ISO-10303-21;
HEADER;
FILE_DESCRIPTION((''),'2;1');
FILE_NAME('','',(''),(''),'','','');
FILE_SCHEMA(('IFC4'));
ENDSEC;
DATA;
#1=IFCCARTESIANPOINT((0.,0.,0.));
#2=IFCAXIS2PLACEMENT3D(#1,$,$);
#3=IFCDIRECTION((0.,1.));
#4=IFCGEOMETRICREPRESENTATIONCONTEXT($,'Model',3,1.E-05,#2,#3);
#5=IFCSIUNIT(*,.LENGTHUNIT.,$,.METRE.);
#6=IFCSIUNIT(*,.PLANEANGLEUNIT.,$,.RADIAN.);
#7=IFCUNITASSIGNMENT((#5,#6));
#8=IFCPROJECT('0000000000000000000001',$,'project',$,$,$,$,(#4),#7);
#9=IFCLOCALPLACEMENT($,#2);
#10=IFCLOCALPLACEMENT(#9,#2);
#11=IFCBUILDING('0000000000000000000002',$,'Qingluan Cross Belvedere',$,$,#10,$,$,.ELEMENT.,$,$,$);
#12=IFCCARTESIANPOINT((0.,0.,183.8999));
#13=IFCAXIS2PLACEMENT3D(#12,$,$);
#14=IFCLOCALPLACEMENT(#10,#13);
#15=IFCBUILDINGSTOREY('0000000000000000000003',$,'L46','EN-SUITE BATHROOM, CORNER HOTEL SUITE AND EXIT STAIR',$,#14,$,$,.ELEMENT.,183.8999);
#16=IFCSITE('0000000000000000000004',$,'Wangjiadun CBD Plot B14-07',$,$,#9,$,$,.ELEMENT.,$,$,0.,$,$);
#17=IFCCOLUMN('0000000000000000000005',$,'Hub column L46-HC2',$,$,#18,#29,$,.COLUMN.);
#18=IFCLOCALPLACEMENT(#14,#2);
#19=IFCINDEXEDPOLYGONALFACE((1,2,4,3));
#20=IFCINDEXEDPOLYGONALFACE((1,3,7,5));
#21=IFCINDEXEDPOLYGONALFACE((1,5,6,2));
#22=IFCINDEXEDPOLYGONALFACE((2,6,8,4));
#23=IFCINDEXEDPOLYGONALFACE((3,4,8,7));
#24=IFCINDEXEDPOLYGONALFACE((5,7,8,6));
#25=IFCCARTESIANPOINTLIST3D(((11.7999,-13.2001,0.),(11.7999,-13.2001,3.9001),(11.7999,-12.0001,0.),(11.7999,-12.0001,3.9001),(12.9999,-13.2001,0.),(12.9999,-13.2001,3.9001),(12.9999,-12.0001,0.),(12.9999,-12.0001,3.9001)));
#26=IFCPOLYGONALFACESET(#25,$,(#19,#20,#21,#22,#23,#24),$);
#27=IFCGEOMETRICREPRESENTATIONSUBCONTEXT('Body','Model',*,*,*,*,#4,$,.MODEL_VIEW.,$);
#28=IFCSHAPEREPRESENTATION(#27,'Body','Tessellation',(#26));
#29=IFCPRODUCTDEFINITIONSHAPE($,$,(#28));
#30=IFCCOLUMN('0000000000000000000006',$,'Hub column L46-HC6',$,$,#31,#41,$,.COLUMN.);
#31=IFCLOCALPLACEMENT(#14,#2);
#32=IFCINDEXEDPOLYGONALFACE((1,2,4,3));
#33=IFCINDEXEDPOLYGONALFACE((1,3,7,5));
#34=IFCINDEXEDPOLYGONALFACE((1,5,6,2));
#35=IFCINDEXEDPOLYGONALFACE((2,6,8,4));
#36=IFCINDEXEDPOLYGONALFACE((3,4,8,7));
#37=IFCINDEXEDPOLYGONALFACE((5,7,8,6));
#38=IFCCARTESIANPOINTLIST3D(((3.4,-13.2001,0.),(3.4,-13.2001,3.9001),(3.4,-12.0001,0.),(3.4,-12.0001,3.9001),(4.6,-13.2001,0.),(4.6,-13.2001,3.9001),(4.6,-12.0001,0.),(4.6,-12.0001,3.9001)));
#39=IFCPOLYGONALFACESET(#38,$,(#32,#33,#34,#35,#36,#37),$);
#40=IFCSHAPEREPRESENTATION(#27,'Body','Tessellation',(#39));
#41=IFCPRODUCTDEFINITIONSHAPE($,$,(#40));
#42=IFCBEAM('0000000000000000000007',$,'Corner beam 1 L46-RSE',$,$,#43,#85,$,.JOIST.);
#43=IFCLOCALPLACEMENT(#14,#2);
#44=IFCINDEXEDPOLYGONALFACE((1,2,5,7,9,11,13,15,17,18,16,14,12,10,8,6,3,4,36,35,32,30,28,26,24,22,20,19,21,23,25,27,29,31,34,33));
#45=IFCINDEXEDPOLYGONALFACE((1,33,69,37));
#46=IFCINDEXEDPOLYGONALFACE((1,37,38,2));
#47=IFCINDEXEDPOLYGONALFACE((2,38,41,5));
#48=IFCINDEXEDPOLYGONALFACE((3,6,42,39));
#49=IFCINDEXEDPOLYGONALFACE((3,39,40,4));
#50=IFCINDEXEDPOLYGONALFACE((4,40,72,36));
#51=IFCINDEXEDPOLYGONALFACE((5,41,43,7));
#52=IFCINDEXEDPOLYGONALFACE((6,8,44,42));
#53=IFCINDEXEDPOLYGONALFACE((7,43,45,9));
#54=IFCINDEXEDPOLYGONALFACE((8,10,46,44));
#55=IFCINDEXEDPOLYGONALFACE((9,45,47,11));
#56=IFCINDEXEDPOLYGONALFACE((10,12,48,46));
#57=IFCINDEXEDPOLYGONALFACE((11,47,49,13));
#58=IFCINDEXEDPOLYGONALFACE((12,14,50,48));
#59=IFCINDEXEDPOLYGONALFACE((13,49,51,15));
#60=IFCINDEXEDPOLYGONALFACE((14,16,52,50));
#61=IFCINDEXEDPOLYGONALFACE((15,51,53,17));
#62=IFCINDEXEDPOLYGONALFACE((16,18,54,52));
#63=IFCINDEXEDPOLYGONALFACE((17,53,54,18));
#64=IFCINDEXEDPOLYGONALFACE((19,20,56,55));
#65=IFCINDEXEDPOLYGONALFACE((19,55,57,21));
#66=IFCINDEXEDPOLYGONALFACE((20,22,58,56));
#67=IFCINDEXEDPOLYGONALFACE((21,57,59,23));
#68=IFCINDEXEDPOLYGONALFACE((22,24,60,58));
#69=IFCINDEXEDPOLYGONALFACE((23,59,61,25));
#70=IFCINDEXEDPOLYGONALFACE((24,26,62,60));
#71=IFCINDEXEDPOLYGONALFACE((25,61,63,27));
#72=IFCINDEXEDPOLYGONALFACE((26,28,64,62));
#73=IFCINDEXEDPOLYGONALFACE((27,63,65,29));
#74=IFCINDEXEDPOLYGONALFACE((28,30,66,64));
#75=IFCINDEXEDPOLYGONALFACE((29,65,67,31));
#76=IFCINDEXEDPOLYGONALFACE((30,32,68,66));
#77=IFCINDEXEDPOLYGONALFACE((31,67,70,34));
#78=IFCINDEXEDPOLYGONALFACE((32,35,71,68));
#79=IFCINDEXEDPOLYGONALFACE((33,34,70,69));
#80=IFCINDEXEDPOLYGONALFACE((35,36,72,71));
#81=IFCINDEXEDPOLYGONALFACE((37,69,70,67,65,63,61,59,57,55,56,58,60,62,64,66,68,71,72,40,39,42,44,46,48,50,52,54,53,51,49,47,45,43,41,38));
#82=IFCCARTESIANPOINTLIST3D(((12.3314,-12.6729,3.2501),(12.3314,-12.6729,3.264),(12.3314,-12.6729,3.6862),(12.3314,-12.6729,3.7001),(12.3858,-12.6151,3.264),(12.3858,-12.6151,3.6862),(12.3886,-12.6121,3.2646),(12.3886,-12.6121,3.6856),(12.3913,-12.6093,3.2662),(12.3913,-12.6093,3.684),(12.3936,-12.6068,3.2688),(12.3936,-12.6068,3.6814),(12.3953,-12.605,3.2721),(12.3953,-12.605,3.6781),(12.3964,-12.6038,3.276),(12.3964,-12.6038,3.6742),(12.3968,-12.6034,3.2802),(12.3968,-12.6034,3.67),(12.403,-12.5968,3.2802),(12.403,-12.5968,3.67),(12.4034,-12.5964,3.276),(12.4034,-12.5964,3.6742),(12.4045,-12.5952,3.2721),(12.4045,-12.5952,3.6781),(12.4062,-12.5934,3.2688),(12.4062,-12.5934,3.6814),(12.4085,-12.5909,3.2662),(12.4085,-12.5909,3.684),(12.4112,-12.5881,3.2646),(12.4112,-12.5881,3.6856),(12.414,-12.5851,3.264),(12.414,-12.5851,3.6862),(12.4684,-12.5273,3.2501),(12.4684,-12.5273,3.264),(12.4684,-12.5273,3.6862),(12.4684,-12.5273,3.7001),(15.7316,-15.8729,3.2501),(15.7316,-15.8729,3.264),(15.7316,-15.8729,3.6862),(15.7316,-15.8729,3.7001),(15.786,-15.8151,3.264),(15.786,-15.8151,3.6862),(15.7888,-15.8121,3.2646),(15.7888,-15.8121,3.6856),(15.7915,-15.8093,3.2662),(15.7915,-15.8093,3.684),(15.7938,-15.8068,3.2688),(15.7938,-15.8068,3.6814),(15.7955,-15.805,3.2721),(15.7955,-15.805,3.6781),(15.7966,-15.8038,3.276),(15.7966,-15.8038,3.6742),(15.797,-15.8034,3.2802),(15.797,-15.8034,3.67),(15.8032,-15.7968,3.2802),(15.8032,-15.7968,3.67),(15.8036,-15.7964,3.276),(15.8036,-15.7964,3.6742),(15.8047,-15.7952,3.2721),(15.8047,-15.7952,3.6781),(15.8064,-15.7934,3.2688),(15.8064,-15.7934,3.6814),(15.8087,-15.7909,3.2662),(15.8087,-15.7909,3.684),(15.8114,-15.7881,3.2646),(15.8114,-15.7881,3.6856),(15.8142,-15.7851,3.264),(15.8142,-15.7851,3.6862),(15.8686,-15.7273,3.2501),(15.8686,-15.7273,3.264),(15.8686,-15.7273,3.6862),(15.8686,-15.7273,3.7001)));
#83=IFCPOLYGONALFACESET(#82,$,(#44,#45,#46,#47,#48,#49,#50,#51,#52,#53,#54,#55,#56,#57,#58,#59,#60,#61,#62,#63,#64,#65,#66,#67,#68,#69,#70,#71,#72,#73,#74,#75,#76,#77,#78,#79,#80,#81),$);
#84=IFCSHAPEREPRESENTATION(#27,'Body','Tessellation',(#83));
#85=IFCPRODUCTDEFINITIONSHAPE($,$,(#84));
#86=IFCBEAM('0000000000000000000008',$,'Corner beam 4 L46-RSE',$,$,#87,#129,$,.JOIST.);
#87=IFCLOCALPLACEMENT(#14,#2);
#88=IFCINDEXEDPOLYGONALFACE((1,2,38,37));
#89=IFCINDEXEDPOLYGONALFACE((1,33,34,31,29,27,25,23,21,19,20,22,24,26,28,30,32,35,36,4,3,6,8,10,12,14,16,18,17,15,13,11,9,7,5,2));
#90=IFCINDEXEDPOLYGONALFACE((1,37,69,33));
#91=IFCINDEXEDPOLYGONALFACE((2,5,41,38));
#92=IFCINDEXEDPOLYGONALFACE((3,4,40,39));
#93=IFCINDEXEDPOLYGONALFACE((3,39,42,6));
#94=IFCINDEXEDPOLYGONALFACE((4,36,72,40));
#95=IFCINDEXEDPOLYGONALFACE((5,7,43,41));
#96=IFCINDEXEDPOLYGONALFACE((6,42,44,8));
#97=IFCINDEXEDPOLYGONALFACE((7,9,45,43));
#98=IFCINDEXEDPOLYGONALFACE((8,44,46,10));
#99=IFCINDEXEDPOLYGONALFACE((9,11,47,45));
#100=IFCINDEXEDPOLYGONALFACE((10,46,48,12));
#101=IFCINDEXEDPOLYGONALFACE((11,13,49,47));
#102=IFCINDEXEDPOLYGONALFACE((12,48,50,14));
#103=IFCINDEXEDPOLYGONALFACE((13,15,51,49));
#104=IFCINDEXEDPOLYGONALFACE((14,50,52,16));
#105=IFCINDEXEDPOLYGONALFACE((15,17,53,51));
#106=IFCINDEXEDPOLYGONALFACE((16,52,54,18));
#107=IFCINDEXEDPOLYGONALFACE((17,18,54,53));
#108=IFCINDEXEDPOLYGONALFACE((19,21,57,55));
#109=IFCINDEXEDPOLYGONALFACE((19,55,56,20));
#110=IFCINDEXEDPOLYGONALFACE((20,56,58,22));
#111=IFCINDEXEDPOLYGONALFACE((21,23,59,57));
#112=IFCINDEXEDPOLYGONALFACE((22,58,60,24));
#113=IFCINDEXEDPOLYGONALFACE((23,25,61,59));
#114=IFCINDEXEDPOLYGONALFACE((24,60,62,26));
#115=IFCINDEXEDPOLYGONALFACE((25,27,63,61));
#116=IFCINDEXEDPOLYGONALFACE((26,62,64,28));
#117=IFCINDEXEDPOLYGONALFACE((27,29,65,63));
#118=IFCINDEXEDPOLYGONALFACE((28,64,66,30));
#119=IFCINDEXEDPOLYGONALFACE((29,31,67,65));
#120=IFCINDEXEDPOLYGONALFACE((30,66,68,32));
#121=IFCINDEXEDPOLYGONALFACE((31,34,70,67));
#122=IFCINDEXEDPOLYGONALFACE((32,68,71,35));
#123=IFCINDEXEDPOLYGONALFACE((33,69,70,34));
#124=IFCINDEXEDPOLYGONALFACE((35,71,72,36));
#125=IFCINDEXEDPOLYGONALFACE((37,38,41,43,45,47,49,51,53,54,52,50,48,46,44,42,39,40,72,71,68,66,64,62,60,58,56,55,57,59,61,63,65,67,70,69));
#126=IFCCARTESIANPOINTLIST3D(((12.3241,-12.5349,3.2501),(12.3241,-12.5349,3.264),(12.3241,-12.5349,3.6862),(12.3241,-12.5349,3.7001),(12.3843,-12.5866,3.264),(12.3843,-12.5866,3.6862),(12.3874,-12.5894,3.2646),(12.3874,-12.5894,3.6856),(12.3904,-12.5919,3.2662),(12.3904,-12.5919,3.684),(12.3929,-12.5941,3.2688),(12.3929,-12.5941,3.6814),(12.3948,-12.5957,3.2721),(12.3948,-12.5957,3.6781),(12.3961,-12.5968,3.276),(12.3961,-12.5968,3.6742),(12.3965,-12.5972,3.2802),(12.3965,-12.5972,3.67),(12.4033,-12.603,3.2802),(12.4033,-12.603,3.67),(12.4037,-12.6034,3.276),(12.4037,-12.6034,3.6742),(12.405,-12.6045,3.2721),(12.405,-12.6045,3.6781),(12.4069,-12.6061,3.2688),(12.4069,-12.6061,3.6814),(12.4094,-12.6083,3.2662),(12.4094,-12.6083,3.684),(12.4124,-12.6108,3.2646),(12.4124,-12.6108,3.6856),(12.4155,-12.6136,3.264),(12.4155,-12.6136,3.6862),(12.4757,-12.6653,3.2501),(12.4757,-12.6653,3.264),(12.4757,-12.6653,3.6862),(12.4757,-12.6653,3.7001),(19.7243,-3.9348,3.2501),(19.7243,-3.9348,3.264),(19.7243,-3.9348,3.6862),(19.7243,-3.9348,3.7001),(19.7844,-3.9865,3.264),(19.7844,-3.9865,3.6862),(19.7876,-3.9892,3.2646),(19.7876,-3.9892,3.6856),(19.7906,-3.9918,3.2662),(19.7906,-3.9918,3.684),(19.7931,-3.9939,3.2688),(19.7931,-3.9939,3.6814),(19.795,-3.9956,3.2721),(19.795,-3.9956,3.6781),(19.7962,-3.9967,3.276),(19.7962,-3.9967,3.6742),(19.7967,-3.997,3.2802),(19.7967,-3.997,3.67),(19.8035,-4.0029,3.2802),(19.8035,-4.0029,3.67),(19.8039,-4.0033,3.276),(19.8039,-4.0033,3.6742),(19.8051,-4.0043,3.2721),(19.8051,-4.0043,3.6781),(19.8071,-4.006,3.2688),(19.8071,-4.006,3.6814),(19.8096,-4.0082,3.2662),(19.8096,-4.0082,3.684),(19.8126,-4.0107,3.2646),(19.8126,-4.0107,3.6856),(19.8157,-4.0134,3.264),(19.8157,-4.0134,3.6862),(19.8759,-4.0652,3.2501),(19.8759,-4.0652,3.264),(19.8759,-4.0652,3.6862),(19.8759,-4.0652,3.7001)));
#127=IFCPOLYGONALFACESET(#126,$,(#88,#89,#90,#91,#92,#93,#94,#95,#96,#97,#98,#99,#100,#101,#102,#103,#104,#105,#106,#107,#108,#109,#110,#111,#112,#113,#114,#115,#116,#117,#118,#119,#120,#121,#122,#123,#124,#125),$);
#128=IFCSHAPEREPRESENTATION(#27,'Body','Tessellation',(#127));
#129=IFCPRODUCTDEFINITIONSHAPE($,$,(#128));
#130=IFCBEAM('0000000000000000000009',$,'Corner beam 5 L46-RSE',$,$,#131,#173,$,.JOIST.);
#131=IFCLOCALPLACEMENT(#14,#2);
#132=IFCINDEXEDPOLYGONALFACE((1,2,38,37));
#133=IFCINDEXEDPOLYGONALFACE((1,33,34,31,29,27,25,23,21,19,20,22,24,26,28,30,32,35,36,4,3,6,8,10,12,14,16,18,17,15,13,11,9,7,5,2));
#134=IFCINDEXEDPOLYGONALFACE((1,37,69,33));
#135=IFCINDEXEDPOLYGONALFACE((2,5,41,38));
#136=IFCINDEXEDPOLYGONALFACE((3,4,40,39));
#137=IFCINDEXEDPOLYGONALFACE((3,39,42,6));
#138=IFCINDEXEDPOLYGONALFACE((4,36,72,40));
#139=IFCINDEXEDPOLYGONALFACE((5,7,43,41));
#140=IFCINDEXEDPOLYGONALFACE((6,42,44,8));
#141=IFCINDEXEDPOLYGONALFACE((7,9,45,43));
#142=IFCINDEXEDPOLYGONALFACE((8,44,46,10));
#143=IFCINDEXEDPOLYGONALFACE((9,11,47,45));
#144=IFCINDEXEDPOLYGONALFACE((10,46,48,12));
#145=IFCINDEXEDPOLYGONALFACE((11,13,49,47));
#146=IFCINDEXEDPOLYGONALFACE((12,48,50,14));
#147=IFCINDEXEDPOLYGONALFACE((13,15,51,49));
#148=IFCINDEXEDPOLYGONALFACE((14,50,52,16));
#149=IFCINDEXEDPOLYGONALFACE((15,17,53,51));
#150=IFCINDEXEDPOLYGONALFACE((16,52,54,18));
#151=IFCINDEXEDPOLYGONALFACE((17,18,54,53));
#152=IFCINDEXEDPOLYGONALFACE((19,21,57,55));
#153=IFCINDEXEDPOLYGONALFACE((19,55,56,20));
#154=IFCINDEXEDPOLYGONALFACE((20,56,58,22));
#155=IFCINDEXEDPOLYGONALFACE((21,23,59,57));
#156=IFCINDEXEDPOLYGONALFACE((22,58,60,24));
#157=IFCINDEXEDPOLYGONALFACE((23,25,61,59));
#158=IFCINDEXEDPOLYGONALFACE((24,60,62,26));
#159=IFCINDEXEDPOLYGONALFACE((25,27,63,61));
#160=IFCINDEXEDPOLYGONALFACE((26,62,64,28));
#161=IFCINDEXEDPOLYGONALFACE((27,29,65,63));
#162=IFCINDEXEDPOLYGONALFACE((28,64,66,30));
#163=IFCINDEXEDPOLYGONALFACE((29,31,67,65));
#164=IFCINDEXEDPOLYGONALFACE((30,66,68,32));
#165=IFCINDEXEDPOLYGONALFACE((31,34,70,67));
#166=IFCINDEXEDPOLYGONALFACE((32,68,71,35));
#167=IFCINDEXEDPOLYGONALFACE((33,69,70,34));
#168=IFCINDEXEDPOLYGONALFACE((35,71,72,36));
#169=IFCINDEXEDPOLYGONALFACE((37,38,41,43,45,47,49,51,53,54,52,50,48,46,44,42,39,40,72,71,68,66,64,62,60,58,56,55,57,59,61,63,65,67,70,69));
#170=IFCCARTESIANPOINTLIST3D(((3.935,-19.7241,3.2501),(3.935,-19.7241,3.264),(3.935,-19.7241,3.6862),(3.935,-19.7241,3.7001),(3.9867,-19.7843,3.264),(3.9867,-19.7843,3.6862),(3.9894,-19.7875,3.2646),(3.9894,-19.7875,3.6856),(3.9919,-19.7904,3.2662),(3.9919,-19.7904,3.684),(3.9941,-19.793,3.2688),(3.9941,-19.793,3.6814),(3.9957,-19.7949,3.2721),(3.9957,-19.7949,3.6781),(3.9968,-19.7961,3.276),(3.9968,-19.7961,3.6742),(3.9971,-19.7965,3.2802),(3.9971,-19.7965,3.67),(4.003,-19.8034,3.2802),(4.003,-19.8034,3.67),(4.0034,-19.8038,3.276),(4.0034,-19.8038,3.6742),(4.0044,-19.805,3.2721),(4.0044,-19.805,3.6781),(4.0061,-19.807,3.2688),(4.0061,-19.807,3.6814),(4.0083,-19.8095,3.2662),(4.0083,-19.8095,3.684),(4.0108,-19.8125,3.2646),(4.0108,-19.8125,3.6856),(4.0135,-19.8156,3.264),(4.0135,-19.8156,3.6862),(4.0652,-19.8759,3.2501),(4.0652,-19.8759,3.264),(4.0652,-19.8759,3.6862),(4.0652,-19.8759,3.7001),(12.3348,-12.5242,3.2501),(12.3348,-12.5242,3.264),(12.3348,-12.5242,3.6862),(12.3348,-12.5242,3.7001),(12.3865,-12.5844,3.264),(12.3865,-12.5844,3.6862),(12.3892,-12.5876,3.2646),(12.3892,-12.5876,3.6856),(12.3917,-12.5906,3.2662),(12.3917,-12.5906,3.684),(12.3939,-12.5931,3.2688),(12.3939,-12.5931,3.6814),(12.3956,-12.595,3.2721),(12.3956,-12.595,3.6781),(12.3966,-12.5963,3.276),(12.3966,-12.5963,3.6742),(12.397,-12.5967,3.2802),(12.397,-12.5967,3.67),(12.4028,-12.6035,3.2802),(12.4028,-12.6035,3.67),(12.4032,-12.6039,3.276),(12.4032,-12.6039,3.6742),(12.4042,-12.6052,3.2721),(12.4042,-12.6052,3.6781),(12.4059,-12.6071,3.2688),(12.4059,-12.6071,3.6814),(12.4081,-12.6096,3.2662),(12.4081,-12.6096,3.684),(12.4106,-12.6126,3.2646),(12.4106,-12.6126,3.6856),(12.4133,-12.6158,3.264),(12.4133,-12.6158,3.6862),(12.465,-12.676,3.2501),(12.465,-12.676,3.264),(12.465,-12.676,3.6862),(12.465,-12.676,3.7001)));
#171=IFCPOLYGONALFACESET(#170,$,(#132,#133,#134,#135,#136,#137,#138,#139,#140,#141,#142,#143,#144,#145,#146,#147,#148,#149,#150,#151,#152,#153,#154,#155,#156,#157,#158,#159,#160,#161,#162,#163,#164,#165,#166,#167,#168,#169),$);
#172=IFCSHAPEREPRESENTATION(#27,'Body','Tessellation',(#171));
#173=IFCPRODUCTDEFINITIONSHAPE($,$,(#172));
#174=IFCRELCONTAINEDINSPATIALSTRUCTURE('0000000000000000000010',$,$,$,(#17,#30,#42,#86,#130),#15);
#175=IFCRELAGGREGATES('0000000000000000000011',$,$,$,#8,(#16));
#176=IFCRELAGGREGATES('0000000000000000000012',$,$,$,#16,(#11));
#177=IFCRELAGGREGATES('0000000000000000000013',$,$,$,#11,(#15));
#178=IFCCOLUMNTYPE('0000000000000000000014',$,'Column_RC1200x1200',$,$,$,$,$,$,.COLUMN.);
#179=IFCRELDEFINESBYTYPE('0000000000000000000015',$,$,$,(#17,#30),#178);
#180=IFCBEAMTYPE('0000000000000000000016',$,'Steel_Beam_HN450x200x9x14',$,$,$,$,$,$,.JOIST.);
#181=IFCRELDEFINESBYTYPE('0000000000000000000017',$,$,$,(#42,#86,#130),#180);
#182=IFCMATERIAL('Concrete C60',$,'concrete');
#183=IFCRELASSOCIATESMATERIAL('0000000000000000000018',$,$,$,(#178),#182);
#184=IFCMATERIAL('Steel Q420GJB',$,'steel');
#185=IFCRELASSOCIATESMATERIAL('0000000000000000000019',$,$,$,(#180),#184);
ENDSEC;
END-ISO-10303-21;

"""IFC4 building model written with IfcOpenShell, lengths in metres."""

from ifc_helpers import new_model, si_unit, direction, frame, origin, origin_2d, place, context, subcontext, project, spatial, rectangle, i_section, extrude, material, material_profile, profile_set, type_object, element, save


model = new_model("IFC4")

# Units and contexts
model_context = context("Model", 3, precision=1e-05, world=origin(), true_north=direction((0.0, 1.0)))
body_context = subcontext(model_context, "Body", "Model", "MODEL_VIEW")
ifc_project = project(units=[si_unit("LENGTHUNIT", "METRE"), si_unit("PLANEANGLEUNIT", "RADIAN")], contexts=[model_context])

# Site, building, storey
site_placement = place(None, origin())
site = spatial("IfcSite", under=ifc_project, at=site_placement, Name="Wangjiadun CBD Plot B14-07", CompositionType="ELEMENT", RefElevation=0.0)
building_placement = place(site_placement, origin())
building = spatial("IfcBuilding", under=site, at=building_placement, Name="Qingluan Cross Belvedere", CompositionType="ELEMENT")
storey_placement = place(building_placement, frame((0.0, 0.0, 183.8999)))
storey = spatial("IfcBuildingStorey", under=building, at=storey_placement, Name="L46", Description="EN-SUITE BATHROOM, CORNER HOTEL SUITE AND EXIT STAIR", CompositionType="ELEMENT", Elevation=183.8999)

# Columns
ifc_material_1 = material(Name="Concrete C60", Category="concrete")
ifc_material_profile_1 = material_profile(ifc_material_1, rectangle(XDim=1.2, YDim=1.2, at=origin_2d()), Name="RC1200x1200")
ifc_profile_set_1 = profile_set([ifc_material_profile_1], Name="Concrete C60")
column_type = type_object("IfcColumnType", Name="Column_RC1200x1200", PredefinedType="COLUMN", material=ifc_profile_set_1)
for number, where, z_axis, x_axis, name in (
    (1, (12.3999, -12.6001, 0.0), (0.0, 0.0, 1.0), (1.0, 0.0, 0.0), "Hub column L46-HC2"),
    (2, (4.0, -12.6001, 0.0), (0.0, 0.0, 1.0), (1.0, 0.0, 0.0), "Hub column L46-HC6"),
):
    element("IfcColumn", number, at=place(storey_placement, frame(where, z_axis=z_axis, x_axis=x_axis)), inside=storey, type_object=column_type, Name=name, PredefinedType="COLUMN", context=body_context, shape_type="SweptSolid", body=[
        extrude(rectangle(XDim=1.2, YDim=1.2, at=origin_2d()), origin(), (0.0, 0.0, 1.0), 3.9001),
    ])

# Beams
ifc_material_2 = material(Name="Steel Q420GJB", Category="steel")
ifc_material_profile_2 = material_profile(ifc_material_2, i_section(OverallWidth=0.2, OverallDepth=0.45, WebThickness=0.009, FlangeThickness=0.0139, FilletRadius=0.0161, at=origin_2d()), Name="HN450x200x9x14")
ifc_profile_set_2 = profile_set([ifc_material_profile_2], Name="Steel Q420GJB")
beam_type_1 = type_object("IfcBeamType", Name="Steel_Beam_HN450x200x9x14", PredefinedType="JOIST", material=ifc_profile_set_2)
beam_1_placement = place(storey_placement, frame((12.3999, -12.6001, 3.4751), z_axis=(0.72822, -0.685343, 0.0), x_axis=(0.685343, 0.72822, 0.0)))
element("IfcBeam", 3, at=beam_1_placement, inside=storey, type_object=beam_type_1, Name="Corner beam 1 L46-RSE", PredefinedType="JOIST", context=body_context, shape_type="SweptSolid", body=[
    extrude(i_section(OverallWidth=0.2, OverallDepth=0.45, WebThickness=0.009, FlangeThickness=0.0139, FilletRadius=0.0161, at=origin_2d()), origin(), (0.0, 0.0, 1.0), 4.6692),
])
beam_2_placement = place(storey_placement, frame((12.3999, -12.6001, 3.4751), z_axis=(0.652245, 0.758008, 0.0), x_axis=(-0.758008, 0.652245, 0.0)))
element("IfcBeam", 4, at=beam_2_placement, inside=storey, type_object=beam_type_1, Name="Corner beam 4 L46-RSE", PredefinedType="JOIST", context=body_context, shape_type="SweptSolid", body=[
    extrude(i_section(OverallWidth=0.2, OverallDepth=0.45, WebThickness=0.009, FlangeThickness=0.0139, FilletRadius=0.0161, at=origin_2d()), origin(), (0.0, 0.0, 1.0), 11.3457),
])
beam_3_placement = place(storey_placement, frame((12.3999, -12.6001, 3.4751), z_axis=(-0.759255, -0.650793, 0.0), x_axis=(0.650793, -0.759255, 0.0)))
element("IfcBeam", 5, at=beam_3_placement, inside=storey, type_object=beam_type_1, Name="Corner beam 5 L46-RSE", PredefinedType="JOIST", context=body_context, shape_type="SweptSolid", body=[
    extrude(i_section(OverallWidth=0.2, OverallDepth=0.45, WebThickness=0.009, FlangeThickness=0.0139, FilletRadius=0.0161, at=origin_2d()), origin(), (0.0, 0.0, 1.0), 11.0632),
])

save(model, "model.ifc")
